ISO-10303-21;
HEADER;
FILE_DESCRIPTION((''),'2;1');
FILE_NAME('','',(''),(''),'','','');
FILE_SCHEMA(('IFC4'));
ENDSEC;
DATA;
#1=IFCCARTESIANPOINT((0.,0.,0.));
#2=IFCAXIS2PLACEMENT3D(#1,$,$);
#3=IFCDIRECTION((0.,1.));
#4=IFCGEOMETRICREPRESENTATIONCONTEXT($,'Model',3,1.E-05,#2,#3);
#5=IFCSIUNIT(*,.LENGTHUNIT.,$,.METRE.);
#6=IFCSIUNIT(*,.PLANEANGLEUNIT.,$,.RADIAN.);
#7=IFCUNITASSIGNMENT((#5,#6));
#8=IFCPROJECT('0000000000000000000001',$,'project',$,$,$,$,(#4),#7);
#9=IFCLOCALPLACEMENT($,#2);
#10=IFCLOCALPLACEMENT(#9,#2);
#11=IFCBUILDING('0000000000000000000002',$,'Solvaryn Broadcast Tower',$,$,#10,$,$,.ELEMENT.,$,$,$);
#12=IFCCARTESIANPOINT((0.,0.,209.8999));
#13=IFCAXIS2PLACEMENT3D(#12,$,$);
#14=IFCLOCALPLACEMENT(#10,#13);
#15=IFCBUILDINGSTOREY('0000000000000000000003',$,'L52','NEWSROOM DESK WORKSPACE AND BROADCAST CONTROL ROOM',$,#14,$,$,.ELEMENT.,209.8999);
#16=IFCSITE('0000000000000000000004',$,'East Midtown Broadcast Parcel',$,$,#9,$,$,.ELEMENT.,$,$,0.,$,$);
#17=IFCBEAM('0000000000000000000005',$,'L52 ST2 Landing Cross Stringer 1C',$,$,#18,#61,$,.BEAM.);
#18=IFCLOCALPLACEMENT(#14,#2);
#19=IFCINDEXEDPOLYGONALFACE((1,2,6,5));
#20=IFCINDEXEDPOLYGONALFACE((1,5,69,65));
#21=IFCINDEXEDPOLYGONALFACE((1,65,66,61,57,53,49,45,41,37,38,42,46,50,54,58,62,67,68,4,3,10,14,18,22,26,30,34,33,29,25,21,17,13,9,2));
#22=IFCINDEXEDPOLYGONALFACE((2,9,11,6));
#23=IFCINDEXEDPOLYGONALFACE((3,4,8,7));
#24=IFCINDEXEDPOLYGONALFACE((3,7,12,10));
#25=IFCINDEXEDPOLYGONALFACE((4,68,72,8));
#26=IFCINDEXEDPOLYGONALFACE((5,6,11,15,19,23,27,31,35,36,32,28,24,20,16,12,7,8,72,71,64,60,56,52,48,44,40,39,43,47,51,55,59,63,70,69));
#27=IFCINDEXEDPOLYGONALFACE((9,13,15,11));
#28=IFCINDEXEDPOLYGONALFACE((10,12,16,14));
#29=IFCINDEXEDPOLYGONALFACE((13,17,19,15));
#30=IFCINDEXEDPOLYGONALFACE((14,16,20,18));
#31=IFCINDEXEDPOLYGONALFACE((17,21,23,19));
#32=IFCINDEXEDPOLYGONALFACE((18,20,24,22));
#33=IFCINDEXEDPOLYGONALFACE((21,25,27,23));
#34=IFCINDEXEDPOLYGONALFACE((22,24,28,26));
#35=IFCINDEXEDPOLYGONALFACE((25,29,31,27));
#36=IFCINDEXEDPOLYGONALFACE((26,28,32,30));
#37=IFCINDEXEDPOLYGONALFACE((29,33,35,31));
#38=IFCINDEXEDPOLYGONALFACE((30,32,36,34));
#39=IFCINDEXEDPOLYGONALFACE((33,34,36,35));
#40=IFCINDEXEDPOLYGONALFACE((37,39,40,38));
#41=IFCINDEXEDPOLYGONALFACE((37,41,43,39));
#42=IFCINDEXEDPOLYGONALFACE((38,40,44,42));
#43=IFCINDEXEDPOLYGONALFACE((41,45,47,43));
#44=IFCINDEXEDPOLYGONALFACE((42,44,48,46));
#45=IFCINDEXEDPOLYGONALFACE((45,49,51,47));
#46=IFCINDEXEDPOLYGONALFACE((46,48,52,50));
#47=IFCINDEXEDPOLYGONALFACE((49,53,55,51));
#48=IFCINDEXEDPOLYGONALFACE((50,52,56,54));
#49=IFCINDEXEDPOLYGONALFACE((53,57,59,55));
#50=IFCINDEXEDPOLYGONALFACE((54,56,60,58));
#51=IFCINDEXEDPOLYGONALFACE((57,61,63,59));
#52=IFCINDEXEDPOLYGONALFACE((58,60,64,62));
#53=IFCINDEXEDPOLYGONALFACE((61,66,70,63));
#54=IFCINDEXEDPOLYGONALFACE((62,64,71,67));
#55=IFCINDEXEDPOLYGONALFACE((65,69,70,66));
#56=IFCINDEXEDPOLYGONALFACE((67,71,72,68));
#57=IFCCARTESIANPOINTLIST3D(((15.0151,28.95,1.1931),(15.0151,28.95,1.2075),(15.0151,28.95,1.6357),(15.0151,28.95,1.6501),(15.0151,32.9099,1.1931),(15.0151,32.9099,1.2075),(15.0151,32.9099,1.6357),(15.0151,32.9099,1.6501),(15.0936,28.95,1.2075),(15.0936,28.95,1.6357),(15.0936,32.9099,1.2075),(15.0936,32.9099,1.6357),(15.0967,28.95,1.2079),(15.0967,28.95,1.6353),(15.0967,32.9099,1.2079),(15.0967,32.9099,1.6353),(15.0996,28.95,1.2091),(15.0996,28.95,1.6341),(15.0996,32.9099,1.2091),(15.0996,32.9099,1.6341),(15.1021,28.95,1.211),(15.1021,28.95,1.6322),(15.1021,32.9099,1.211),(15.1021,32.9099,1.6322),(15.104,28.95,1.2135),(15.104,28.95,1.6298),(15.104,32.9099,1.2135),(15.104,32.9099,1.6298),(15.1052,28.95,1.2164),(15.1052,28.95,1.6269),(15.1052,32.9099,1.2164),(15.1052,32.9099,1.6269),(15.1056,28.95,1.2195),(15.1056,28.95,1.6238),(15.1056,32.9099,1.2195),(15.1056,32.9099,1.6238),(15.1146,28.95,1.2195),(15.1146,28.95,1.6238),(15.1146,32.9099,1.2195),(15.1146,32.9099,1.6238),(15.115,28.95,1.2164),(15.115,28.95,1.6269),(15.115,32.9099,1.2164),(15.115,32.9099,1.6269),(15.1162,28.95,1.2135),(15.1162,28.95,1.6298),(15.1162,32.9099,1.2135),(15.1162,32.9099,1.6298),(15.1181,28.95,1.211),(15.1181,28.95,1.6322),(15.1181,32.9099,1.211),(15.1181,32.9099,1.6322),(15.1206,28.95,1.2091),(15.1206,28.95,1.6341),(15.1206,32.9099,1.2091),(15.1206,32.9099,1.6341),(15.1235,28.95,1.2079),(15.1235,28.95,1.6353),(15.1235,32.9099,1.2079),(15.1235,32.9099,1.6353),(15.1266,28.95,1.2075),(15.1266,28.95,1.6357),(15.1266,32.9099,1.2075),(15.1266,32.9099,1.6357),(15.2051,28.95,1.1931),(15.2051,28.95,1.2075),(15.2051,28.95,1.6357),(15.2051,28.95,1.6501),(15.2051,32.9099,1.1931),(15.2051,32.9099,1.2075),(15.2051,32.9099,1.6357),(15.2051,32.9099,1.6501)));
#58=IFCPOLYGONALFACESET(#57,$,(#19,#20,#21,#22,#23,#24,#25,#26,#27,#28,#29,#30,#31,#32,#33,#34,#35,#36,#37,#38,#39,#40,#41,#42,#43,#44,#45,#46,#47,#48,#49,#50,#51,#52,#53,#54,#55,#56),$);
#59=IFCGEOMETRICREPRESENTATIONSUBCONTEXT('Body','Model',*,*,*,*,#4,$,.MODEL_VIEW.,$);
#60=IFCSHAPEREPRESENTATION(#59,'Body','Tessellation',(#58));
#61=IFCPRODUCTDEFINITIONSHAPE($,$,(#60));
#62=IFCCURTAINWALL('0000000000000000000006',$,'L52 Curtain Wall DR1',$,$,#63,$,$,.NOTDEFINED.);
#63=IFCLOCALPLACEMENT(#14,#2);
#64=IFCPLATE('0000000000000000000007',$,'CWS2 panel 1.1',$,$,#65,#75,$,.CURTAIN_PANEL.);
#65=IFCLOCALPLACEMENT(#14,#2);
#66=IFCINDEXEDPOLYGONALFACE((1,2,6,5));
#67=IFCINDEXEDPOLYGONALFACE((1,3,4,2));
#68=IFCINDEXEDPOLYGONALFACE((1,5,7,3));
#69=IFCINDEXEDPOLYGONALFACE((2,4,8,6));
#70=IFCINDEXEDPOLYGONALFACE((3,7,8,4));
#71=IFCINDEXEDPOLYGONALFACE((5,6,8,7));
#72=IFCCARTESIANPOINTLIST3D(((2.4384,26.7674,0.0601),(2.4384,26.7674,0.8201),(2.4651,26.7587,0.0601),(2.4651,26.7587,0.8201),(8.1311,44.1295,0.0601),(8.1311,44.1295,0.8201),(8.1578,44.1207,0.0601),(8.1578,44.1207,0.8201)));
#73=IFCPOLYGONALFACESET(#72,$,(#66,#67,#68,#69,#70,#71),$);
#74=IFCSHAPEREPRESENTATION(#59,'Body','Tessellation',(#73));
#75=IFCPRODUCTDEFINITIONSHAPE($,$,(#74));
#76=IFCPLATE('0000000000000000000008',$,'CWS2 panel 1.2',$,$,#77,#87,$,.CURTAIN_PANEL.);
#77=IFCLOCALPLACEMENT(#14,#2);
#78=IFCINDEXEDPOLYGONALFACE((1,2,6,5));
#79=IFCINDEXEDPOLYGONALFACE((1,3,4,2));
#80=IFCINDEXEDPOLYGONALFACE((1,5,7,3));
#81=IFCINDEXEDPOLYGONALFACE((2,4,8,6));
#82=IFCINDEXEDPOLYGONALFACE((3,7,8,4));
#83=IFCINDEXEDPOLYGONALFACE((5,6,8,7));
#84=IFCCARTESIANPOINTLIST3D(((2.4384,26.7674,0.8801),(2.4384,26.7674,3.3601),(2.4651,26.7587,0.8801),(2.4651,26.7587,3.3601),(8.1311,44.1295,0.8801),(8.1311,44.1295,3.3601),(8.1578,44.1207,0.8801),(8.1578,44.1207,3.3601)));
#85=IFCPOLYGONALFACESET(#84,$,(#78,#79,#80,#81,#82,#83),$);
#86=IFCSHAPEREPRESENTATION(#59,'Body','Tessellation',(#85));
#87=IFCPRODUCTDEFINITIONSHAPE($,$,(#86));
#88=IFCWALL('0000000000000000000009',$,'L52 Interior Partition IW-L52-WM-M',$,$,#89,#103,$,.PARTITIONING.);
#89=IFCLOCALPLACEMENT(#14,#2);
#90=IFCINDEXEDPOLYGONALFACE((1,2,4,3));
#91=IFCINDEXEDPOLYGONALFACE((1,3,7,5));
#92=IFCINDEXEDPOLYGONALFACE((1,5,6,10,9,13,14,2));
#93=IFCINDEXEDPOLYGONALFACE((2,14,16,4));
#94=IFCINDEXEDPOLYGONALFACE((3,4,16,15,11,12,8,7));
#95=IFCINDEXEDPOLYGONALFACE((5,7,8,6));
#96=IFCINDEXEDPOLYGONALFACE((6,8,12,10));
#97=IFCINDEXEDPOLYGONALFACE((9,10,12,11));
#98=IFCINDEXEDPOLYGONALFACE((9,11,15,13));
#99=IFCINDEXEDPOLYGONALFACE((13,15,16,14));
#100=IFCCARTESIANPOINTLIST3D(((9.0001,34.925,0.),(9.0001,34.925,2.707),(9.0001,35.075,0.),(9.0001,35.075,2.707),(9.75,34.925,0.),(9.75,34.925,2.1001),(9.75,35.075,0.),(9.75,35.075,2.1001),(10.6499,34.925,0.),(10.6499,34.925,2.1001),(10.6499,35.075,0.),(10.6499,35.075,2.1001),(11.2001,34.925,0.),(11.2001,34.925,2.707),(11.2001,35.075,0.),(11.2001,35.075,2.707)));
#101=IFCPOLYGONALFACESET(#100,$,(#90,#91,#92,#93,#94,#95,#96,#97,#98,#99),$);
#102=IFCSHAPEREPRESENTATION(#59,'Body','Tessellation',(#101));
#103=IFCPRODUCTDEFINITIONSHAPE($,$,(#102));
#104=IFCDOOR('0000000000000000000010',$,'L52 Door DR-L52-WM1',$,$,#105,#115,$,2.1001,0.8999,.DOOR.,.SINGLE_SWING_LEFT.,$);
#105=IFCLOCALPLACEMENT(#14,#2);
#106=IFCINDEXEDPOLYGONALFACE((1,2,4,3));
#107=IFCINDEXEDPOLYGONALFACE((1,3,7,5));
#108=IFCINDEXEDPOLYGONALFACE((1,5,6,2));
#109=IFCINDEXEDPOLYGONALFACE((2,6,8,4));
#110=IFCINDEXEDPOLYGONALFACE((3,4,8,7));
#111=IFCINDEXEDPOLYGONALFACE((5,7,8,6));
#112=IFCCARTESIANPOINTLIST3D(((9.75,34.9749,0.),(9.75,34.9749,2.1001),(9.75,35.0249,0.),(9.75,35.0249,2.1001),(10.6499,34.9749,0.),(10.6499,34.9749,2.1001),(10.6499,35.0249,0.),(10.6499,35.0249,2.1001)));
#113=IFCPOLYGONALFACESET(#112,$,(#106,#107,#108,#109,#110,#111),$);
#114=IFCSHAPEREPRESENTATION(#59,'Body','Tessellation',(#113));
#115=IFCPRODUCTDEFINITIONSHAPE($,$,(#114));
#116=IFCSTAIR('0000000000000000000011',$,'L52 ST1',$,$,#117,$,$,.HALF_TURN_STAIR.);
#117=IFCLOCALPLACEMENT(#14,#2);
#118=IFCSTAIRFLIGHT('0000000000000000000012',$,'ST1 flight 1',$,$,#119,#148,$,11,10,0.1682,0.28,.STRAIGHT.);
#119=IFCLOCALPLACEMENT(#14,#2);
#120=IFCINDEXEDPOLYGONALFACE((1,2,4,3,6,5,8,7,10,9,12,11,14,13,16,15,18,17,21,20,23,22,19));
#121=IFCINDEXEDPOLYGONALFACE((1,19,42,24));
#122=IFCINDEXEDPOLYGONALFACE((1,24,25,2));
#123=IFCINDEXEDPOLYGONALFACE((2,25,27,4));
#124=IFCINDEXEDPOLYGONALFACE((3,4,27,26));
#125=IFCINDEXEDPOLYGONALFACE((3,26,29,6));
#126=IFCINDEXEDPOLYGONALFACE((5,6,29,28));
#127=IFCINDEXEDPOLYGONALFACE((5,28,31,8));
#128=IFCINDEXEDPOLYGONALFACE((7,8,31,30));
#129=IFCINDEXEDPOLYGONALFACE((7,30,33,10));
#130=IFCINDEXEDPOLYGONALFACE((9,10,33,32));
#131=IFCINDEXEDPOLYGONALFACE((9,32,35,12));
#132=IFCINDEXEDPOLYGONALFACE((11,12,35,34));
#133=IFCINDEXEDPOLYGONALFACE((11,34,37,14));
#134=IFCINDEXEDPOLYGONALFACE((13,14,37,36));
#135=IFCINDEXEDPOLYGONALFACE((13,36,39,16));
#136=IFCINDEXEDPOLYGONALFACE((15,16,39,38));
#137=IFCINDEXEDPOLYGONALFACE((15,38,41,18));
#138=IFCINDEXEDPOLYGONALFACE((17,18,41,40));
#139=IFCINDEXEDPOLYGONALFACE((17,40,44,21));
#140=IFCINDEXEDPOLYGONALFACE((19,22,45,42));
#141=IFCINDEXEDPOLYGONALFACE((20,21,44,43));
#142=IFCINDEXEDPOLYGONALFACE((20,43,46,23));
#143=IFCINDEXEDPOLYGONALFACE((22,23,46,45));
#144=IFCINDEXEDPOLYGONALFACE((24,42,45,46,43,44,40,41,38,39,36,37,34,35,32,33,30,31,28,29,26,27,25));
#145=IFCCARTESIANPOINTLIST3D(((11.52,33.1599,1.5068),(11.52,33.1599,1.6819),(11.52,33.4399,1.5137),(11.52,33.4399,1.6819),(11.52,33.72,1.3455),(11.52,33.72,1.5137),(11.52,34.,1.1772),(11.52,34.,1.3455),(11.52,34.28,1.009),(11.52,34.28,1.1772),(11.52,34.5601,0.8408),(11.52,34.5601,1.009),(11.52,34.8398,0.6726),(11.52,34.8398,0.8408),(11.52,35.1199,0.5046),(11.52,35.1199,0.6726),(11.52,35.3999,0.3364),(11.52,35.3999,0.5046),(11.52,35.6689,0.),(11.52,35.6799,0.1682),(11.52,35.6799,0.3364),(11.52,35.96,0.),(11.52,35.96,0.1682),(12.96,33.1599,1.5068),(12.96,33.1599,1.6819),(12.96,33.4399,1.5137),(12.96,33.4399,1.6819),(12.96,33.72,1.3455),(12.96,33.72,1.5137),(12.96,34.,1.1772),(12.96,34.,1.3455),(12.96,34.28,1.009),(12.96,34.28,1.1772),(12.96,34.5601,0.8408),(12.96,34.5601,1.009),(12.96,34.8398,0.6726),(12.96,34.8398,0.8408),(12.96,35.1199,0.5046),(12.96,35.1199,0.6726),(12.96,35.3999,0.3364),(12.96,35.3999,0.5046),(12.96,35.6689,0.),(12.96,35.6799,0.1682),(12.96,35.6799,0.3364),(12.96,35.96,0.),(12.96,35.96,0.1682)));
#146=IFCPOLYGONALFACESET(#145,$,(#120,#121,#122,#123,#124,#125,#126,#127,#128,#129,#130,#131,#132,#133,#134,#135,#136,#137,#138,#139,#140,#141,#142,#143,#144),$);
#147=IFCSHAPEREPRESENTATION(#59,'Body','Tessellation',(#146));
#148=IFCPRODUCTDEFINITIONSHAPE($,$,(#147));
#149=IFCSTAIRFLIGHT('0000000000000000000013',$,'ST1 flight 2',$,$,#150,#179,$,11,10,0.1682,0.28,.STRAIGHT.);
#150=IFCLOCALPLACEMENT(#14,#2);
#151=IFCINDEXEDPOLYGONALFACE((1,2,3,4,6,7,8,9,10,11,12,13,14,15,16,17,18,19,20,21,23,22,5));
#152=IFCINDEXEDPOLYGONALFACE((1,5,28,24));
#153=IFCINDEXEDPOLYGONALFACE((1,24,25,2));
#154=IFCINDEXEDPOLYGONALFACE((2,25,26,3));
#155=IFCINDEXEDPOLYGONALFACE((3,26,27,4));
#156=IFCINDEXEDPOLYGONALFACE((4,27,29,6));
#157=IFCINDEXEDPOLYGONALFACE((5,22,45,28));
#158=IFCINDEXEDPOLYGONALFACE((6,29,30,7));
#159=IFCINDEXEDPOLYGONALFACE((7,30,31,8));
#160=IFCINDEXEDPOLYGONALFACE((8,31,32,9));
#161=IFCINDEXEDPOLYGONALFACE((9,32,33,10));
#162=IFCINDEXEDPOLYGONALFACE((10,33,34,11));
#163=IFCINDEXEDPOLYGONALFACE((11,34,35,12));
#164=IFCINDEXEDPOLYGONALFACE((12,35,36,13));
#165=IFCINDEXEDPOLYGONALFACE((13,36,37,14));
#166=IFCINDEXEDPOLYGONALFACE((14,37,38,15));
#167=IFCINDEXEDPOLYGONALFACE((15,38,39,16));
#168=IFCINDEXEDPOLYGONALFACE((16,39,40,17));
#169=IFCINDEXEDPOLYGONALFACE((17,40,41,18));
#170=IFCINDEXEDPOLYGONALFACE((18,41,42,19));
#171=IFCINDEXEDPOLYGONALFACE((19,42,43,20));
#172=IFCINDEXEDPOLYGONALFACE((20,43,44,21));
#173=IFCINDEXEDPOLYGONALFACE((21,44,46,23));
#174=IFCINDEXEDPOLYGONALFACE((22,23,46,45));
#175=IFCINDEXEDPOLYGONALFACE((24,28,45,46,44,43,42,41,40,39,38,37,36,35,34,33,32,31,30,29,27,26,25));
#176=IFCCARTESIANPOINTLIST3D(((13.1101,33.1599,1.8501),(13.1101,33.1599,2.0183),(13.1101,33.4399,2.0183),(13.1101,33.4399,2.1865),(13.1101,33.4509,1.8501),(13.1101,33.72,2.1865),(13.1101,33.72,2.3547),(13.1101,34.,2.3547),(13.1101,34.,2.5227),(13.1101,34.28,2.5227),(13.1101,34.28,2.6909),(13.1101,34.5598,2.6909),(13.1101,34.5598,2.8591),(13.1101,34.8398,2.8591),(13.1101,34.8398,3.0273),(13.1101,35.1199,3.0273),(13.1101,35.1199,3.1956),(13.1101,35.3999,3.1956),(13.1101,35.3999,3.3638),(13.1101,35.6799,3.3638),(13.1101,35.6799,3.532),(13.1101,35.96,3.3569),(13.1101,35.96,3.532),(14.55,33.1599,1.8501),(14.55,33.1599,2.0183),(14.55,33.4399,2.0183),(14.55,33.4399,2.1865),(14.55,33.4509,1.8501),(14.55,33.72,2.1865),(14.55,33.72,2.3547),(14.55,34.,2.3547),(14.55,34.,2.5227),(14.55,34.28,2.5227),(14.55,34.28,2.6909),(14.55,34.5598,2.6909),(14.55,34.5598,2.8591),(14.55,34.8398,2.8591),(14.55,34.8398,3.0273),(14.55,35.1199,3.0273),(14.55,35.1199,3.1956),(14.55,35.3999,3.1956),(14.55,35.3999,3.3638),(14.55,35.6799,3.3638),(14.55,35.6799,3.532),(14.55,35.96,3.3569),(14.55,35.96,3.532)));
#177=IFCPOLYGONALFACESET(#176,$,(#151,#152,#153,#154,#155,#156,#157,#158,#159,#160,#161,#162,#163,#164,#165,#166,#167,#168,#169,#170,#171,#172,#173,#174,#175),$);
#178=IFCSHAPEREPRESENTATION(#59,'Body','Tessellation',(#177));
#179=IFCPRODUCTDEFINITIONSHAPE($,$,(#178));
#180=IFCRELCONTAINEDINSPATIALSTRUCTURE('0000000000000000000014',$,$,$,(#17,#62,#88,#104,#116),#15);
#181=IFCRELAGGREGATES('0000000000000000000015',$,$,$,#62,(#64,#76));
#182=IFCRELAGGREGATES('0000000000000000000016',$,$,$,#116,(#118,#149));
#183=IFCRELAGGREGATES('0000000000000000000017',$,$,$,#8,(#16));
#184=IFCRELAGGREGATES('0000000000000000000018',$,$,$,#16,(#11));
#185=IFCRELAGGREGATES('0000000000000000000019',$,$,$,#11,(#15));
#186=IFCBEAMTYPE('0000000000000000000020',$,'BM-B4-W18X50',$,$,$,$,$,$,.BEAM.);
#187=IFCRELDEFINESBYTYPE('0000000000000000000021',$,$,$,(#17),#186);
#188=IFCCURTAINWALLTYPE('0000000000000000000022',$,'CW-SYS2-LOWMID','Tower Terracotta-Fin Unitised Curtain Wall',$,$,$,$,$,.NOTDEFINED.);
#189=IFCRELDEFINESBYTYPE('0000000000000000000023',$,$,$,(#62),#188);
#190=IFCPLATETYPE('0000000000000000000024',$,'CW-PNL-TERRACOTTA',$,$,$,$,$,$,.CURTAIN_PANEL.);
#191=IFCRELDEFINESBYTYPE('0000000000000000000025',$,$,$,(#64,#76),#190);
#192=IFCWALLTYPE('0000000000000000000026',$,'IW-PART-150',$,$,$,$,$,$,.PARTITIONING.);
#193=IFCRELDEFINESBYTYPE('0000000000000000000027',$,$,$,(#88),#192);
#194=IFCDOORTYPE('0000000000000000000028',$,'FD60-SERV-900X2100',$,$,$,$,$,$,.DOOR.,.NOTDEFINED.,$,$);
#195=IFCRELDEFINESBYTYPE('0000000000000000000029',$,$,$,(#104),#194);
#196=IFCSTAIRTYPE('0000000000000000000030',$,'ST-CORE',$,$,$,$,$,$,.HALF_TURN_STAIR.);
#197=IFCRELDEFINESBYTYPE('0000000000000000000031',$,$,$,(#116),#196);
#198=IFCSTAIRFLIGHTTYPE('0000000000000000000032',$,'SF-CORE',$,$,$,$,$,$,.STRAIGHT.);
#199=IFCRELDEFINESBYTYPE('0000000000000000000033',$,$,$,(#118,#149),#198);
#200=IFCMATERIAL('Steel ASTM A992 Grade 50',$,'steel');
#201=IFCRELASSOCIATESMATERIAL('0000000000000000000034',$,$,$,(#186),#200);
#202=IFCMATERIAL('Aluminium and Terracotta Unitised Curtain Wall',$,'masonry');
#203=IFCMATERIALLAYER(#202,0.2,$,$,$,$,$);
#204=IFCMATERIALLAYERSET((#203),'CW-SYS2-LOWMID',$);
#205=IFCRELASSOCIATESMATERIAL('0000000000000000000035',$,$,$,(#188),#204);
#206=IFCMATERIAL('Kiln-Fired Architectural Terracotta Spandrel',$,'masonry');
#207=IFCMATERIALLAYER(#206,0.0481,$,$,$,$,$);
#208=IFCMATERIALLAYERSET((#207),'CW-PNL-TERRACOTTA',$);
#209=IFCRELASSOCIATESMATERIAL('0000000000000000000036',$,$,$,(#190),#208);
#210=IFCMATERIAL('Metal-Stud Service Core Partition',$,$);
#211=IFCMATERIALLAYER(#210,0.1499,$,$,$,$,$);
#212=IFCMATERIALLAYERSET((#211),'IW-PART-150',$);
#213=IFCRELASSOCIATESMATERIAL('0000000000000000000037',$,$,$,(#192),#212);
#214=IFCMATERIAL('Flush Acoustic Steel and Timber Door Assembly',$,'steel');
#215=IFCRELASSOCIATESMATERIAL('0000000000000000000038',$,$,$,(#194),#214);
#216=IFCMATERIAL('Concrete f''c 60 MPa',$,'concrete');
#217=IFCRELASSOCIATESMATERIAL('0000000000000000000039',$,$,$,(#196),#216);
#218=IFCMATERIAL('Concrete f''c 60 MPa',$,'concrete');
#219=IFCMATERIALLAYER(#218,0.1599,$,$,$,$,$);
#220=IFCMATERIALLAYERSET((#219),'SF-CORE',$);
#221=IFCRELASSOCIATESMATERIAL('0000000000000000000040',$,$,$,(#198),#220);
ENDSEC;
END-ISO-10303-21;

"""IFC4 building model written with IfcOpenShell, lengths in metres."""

from ifc_helpers import new_model, si_unit, direction, frame, frame_2d, origin, origin_2d, place, context, subcontext, project, spatial, polyline, rectangle, i_section, outline, extrude, material, layer, layer_set, material_profile, profile_set, type_object, element, fill, aggregate, save


model = new_model("IFC4")

# Units and contexts
model_context = context("Model", 3, precision=1e-05, world=origin(), true_north=direction((0.0, 1.0)))
body_context = subcontext(model_context, "Body", "Model", "MODEL_VIEW")
ifc_project = project(units=[si_unit("LENGTHUNIT", "METRE"), si_unit("PLANEANGLEUNIT", "RADIAN")], contexts=[model_context])

# Site, building, storey
site_placement = place(None, origin())
site = spatial("IfcSite", under=ifc_project, at=site_placement, Name="East Midtown Broadcast Parcel", CompositionType="ELEMENT", RefElevation=0.0)
building_placement = place(site_placement, origin())
building = spatial("IfcBuilding", under=site, at=building_placement, Name="Solvaryn Broadcast Tower", CompositionType="ELEMENT")
storey_placement = place(building_placement, frame((0.0, 0.0, 209.8999)))
storey = spatial("IfcBuildingStorey", under=building, at=storey_placement, Name="L52", Description="NEWSROOM DESK WORKSPACE AND BROADCAST CONTROL ROOM", CompositionType="ELEMENT", Elevation=209.8999)

# Beam
ifc_material_1 = material(Name="Steel ASTM A992 Grade 50", Category="steel")
ifc_material_profile = material_profile(ifc_material_1, i_section(OverallWidth=0.1899, OverallDepth=0.457, WebThickness=0.009, FlangeThickness=0.0144, FilletRadius=0.012, at=origin_2d()))
ifc_profile_set = profile_set([ifc_material_profile], Name="Steel ASTM A992 Grade 50")
beam_type = type_object("IfcBeamType", Name="BM-B4-W18X50", PredefinedType="BEAM", material=ifc_profile_set)
beam_placement = place(storey_placement, frame((15.1101, 28.95, 1.4216), z_axis=(0.0, 1.0, 0.0), x_axis=(-1.0, 0.0, 0.0)))
element("IfcBeam", 1, at=beam_placement, inside=storey, type_object=beam_type, Name="L52 ST2 Landing Cross Stringer 1C", PredefinedType="BEAM", context=body_context, shape_type="SweptSolid", body=[
    extrude(i_section(OverallWidth=0.1899, OverallDepth=0.457, WebThickness=0.009, FlangeThickness=0.0144, FilletRadius=0.012, at=origin_2d()), origin(), (0.0, 0.0, 1.0), 3.96),
])

# Curtain wall, plates
ifc_material_2 = material(Name="Aluminium and Terracotta Unitised Curtain Wall", Category="masonry")
ifc_layer_1 = layer(ifc_material_2, 0.2)
ifc_layer_set_1 = layer_set([ifc_layer_1], Name="CW-SYS2-LOWMID")
curtain_wall_type = type_object("IfcCurtainWallType", Name="CW-SYS2-LOWMID", Description="Tower Terracotta-Fin Unitised Curtain Wall", PredefinedType="NOTDEFINED", material=ifc_layer_set_1)
curtain_wall_placement = place(storey_placement, origin())
curtain_wall = element("IfcCurtainWall", 2, at=curtain_wall_placement, inside=storey, type_object=curtain_wall_type, Name="L52 Curtain Wall DR1", PredefinedType="NOTDEFINED")
ifc_material_3 = material(Name="Kiln-Fired Architectural Terracotta Spandrel", Category="masonry")
ifc_layer_2 = layer(ifc_material_3, 0.0481)
ifc_layer_set_2 = layer_set([ifc_layer_2], Name="CW-PNL-TERRACOTTA")
plate_type = type_object("IfcPlateType", Name="CW-PNL-TERRACOTTA", PredefinedType="CURTAIN_PANEL", material=ifc_layer_set_2)
plate_1_placement = place(storey_placement, frame((5.2981, 35.4441, 0.0601), z_axis=(0.0, 0.0, 1.0), x_axis=(-0.311559, -0.950227, 0.0)))
plate_1 = element("IfcPlate", 3, at=plate_1_placement, type_object=plate_type, Name="CWS2 panel 1.1", PredefinedType="CURTAIN_PANEL", context=body_context, shape_type="SweptSolid", body=[
    extrude(rectangle(XDim=18.2715, YDim=0.0281, at=origin_2d()), origin(), (0.0, 0.0, 1.0), 0.76),
])
plate_2_placement = place(storey_placement, frame((5.2981, 35.4441, 0.8801), z_axis=(0.0, 0.0, 1.0), x_axis=(-0.311559, -0.950227, 0.0)))
plate_2 = element("IfcPlate", 4, at=plate_2_placement, type_object=plate_type, Name="CWS2 panel 1.2", PredefinedType="CURTAIN_PANEL", context=body_context, shape_type="SweptSolid", body=[
    extrude(rectangle(XDim=18.2715, YDim=0.0281, at=origin_2d()), origin(), (0.0, 0.0, 1.0), 2.48),
])
aggregate(curtain_wall, [plate_1, plate_2])

# Wall, opening, door
ifc_material_4 = material(Name="Metal-Stud Service Core Partition")
ifc_layer_3 = layer(ifc_material_4, 0.1499)
ifc_layer_set_3 = layer_set([ifc_layer_3], Name="IW-PART-150")
wall_type = type_object("IfcWallType", Name="IW-PART-150", PredefinedType="PARTITIONING", material=ifc_layer_set_3)
wall_placement = place(storey_placement, frame((9.0, 35.0, 0.0), z_axis=(0.0, 0.0, 1.0), x_axis=(1.0, 0.0, 0.0)))
wall = element("IfcWall", 5, at=wall_placement, inside=storey, type_object=wall_type, Name="L52 Interior Partition IW-L52-WM-M", PredefinedType="PARTITIONING", context=body_context, shape_type="SweptSolid", body=[
    extrude(rectangle(XDim=2.2, YDim=0.1499, at=frame_2d((1.1001, 0.0))), origin(), (0.0, 0.0, 1.0), 2.707),
])
opening_placement = place(wall_placement, frame((0.75, 0.0, 0.0)))
opening = element("IfcOpeningElement", 6, at=opening_placement, cuts=wall, PredefinedType="OPENING", context=body_context, shape_type="SweptSolid", body=[
    extrude(rectangle(XDim=0.8999, YDim=2.1001, at=frame_2d((0.45, 1.05))), frame((0.0, 0.085, 0.0), z_axis=(0.0, -1.0, 0.0), x_axis=(1.0, 0.0, 0.0)), (0.0, 0.0, 1.0), 0.1699),
])
ifc_material_5 = material(Name="Flush Acoustic Steel and Timber Door Assembly", Category="steel")
door_type = type_object("IfcDoorType", Name="FD60-SERV-900X2100", OperationType="NOTDEFINED", PredefinedType="DOOR", material=ifc_material_5)
door_placement = place(opening_placement, origin())
door = element("IfcDoor", 7, at=door_placement, inside=storey, type_object=door_type, Name="L52 Door DR-L52-WM1", OperationType="SINGLE_SWING_LEFT", OverallHeight=2.1001, OverallWidth=0.8999, PredefinedType="DOOR", context=body_context, shape_type="SweptSolid", body=[
    extrude(rectangle(XDim=0.8999, YDim=2.1001, at=frame_2d((0.45, 1.05))), frame((0.0, 0.0249, 0.0), z_axis=(0.0, -1.0, 0.0), x_axis=(1.0, 0.0, 0.0)), (0.0, 0.0, 1.0), 0.05),
])
fill(opening, door)

# Stair, stair flights
ifc_material_6 = material(Name="Concrete f'c 60 MPa", Category="concrete")
stair_type = type_object("IfcStairType", Name="ST-CORE", PredefinedType="HALF_TURN_STAIR", material=ifc_material_6)
stair_placement = place(storey_placement, origin())
stair = element("IfcStair", 8, at=stair_placement, inside=storey, type_object=stair_type, Name="L52 ST1", PredefinedType="HALF_TURN_STAIR")
ifc_material_7 = material(Name="Concrete f'c 60 MPa", Category="concrete")
ifc_layer_4 = layer(ifc_material_7, 0.1599)
ifc_layer_set_4 = layer_set([ifc_layer_4], Name="SF-CORE")
stair_flight_type = type_object("IfcStairFlightType", Name="SF-CORE", PredefinedType="STRAIGHT", material=ifc_layer_set_4)
stair_flight_1_placement = place(storey_placement, frame((12.24, 35.96, 0.0), z_axis=(0.0, 0.0, 1.0), x_axis=(0.0, -1.0, 0.0)))
stair_flight_1 = element("IfcStairFlight", 9, at=stair_flight_1_placement, type_object=stair_flight_type, Name="ST1 flight 1", NumberOfRisers=11, NumberOfTreads=10, PredefinedType="STRAIGHT", RiserHeight=0.1682, TreadLength=0.28, context=body_context, shape_type="SweptSolid", body=[
    extrude(outline(polyline([(0.0, 0.0), (0.0, 0.1682), (0.28, 0.1682), (0.28, 0.3364), (0.5601, 0.3364), (0.5601, 0.5046), (0.8401, 0.5046), (0.8401, 0.6726), (1.1201, 0.6726), (1.1201, 0.8408), (1.3999, 0.8408), (1.3999, 1.009), (1.6799, 1.009), (1.6799, 1.1772), (1.96, 1.1772), (1.96, 1.3455), (2.24, 1.3455), (2.24, 1.5137), (2.52, 1.5137), (2.52, 1.6819), (2.8, 1.6819), (2.8, 1.8501), (2.8, 1.5068), (0.291, 0.0), (0.0, 0.0)])), frame((0.0, 0.72, 0.0), z_axis=(0.0, -1.0, 0.0), x_axis=(1.0, 0.0, 0.0)), (0.0, 0.0, 1.0), 1.4399),
])
stair_flight_2_placement = place(storey_placement, frame((13.8301, 33.1599, 1.8501), z_axis=(0.0, 0.0, 1.0), x_axis=(0.0, 1.0, 0.0)))
stair_flight_2 = element("IfcStairFlight", 10, at=stair_flight_2_placement, type_object=stair_flight_type, Name="ST1 flight 2", NumberOfRisers=11, NumberOfTreads=10, PredefinedType="STRAIGHT", RiserHeight=0.1682, TreadLength=0.28, context=body_context, shape_type="SweptSolid", body=[
    extrude(outline(polyline([(0.0, 0.0), (0.0, 0.1682), (0.28, 0.1682), (0.28, 0.3364), (0.5601, 0.3364), (0.5601, 0.5046), (0.8401, 0.5046), (0.8401, 0.6726), (1.1201, 0.6726), (1.1201, 0.8408), (1.3999, 0.8408), (1.3999, 1.009), (1.6799, 1.009), (1.6799, 1.1772), (1.96, 1.1772), (1.96, 1.3455), (2.24, 1.3455), (2.24, 1.5137), (2.52, 1.5137), (2.52, 1.6819), (2.8, 1.6819), (2.8, 1.8501), (2.8, 1.5068), (0.291, 0.0), (0.0, 0.0)])), frame((0.0, 0.72, 0.0), z_axis=(0.0, -1.0, 0.0), x_axis=(1.0, 0.0, 0.0)), (0.0, 0.0, 1.0), 1.4399),
])
aggregate(stair, [stair_flight_1, stair_flight_2])

save(model, "model.ifc")
